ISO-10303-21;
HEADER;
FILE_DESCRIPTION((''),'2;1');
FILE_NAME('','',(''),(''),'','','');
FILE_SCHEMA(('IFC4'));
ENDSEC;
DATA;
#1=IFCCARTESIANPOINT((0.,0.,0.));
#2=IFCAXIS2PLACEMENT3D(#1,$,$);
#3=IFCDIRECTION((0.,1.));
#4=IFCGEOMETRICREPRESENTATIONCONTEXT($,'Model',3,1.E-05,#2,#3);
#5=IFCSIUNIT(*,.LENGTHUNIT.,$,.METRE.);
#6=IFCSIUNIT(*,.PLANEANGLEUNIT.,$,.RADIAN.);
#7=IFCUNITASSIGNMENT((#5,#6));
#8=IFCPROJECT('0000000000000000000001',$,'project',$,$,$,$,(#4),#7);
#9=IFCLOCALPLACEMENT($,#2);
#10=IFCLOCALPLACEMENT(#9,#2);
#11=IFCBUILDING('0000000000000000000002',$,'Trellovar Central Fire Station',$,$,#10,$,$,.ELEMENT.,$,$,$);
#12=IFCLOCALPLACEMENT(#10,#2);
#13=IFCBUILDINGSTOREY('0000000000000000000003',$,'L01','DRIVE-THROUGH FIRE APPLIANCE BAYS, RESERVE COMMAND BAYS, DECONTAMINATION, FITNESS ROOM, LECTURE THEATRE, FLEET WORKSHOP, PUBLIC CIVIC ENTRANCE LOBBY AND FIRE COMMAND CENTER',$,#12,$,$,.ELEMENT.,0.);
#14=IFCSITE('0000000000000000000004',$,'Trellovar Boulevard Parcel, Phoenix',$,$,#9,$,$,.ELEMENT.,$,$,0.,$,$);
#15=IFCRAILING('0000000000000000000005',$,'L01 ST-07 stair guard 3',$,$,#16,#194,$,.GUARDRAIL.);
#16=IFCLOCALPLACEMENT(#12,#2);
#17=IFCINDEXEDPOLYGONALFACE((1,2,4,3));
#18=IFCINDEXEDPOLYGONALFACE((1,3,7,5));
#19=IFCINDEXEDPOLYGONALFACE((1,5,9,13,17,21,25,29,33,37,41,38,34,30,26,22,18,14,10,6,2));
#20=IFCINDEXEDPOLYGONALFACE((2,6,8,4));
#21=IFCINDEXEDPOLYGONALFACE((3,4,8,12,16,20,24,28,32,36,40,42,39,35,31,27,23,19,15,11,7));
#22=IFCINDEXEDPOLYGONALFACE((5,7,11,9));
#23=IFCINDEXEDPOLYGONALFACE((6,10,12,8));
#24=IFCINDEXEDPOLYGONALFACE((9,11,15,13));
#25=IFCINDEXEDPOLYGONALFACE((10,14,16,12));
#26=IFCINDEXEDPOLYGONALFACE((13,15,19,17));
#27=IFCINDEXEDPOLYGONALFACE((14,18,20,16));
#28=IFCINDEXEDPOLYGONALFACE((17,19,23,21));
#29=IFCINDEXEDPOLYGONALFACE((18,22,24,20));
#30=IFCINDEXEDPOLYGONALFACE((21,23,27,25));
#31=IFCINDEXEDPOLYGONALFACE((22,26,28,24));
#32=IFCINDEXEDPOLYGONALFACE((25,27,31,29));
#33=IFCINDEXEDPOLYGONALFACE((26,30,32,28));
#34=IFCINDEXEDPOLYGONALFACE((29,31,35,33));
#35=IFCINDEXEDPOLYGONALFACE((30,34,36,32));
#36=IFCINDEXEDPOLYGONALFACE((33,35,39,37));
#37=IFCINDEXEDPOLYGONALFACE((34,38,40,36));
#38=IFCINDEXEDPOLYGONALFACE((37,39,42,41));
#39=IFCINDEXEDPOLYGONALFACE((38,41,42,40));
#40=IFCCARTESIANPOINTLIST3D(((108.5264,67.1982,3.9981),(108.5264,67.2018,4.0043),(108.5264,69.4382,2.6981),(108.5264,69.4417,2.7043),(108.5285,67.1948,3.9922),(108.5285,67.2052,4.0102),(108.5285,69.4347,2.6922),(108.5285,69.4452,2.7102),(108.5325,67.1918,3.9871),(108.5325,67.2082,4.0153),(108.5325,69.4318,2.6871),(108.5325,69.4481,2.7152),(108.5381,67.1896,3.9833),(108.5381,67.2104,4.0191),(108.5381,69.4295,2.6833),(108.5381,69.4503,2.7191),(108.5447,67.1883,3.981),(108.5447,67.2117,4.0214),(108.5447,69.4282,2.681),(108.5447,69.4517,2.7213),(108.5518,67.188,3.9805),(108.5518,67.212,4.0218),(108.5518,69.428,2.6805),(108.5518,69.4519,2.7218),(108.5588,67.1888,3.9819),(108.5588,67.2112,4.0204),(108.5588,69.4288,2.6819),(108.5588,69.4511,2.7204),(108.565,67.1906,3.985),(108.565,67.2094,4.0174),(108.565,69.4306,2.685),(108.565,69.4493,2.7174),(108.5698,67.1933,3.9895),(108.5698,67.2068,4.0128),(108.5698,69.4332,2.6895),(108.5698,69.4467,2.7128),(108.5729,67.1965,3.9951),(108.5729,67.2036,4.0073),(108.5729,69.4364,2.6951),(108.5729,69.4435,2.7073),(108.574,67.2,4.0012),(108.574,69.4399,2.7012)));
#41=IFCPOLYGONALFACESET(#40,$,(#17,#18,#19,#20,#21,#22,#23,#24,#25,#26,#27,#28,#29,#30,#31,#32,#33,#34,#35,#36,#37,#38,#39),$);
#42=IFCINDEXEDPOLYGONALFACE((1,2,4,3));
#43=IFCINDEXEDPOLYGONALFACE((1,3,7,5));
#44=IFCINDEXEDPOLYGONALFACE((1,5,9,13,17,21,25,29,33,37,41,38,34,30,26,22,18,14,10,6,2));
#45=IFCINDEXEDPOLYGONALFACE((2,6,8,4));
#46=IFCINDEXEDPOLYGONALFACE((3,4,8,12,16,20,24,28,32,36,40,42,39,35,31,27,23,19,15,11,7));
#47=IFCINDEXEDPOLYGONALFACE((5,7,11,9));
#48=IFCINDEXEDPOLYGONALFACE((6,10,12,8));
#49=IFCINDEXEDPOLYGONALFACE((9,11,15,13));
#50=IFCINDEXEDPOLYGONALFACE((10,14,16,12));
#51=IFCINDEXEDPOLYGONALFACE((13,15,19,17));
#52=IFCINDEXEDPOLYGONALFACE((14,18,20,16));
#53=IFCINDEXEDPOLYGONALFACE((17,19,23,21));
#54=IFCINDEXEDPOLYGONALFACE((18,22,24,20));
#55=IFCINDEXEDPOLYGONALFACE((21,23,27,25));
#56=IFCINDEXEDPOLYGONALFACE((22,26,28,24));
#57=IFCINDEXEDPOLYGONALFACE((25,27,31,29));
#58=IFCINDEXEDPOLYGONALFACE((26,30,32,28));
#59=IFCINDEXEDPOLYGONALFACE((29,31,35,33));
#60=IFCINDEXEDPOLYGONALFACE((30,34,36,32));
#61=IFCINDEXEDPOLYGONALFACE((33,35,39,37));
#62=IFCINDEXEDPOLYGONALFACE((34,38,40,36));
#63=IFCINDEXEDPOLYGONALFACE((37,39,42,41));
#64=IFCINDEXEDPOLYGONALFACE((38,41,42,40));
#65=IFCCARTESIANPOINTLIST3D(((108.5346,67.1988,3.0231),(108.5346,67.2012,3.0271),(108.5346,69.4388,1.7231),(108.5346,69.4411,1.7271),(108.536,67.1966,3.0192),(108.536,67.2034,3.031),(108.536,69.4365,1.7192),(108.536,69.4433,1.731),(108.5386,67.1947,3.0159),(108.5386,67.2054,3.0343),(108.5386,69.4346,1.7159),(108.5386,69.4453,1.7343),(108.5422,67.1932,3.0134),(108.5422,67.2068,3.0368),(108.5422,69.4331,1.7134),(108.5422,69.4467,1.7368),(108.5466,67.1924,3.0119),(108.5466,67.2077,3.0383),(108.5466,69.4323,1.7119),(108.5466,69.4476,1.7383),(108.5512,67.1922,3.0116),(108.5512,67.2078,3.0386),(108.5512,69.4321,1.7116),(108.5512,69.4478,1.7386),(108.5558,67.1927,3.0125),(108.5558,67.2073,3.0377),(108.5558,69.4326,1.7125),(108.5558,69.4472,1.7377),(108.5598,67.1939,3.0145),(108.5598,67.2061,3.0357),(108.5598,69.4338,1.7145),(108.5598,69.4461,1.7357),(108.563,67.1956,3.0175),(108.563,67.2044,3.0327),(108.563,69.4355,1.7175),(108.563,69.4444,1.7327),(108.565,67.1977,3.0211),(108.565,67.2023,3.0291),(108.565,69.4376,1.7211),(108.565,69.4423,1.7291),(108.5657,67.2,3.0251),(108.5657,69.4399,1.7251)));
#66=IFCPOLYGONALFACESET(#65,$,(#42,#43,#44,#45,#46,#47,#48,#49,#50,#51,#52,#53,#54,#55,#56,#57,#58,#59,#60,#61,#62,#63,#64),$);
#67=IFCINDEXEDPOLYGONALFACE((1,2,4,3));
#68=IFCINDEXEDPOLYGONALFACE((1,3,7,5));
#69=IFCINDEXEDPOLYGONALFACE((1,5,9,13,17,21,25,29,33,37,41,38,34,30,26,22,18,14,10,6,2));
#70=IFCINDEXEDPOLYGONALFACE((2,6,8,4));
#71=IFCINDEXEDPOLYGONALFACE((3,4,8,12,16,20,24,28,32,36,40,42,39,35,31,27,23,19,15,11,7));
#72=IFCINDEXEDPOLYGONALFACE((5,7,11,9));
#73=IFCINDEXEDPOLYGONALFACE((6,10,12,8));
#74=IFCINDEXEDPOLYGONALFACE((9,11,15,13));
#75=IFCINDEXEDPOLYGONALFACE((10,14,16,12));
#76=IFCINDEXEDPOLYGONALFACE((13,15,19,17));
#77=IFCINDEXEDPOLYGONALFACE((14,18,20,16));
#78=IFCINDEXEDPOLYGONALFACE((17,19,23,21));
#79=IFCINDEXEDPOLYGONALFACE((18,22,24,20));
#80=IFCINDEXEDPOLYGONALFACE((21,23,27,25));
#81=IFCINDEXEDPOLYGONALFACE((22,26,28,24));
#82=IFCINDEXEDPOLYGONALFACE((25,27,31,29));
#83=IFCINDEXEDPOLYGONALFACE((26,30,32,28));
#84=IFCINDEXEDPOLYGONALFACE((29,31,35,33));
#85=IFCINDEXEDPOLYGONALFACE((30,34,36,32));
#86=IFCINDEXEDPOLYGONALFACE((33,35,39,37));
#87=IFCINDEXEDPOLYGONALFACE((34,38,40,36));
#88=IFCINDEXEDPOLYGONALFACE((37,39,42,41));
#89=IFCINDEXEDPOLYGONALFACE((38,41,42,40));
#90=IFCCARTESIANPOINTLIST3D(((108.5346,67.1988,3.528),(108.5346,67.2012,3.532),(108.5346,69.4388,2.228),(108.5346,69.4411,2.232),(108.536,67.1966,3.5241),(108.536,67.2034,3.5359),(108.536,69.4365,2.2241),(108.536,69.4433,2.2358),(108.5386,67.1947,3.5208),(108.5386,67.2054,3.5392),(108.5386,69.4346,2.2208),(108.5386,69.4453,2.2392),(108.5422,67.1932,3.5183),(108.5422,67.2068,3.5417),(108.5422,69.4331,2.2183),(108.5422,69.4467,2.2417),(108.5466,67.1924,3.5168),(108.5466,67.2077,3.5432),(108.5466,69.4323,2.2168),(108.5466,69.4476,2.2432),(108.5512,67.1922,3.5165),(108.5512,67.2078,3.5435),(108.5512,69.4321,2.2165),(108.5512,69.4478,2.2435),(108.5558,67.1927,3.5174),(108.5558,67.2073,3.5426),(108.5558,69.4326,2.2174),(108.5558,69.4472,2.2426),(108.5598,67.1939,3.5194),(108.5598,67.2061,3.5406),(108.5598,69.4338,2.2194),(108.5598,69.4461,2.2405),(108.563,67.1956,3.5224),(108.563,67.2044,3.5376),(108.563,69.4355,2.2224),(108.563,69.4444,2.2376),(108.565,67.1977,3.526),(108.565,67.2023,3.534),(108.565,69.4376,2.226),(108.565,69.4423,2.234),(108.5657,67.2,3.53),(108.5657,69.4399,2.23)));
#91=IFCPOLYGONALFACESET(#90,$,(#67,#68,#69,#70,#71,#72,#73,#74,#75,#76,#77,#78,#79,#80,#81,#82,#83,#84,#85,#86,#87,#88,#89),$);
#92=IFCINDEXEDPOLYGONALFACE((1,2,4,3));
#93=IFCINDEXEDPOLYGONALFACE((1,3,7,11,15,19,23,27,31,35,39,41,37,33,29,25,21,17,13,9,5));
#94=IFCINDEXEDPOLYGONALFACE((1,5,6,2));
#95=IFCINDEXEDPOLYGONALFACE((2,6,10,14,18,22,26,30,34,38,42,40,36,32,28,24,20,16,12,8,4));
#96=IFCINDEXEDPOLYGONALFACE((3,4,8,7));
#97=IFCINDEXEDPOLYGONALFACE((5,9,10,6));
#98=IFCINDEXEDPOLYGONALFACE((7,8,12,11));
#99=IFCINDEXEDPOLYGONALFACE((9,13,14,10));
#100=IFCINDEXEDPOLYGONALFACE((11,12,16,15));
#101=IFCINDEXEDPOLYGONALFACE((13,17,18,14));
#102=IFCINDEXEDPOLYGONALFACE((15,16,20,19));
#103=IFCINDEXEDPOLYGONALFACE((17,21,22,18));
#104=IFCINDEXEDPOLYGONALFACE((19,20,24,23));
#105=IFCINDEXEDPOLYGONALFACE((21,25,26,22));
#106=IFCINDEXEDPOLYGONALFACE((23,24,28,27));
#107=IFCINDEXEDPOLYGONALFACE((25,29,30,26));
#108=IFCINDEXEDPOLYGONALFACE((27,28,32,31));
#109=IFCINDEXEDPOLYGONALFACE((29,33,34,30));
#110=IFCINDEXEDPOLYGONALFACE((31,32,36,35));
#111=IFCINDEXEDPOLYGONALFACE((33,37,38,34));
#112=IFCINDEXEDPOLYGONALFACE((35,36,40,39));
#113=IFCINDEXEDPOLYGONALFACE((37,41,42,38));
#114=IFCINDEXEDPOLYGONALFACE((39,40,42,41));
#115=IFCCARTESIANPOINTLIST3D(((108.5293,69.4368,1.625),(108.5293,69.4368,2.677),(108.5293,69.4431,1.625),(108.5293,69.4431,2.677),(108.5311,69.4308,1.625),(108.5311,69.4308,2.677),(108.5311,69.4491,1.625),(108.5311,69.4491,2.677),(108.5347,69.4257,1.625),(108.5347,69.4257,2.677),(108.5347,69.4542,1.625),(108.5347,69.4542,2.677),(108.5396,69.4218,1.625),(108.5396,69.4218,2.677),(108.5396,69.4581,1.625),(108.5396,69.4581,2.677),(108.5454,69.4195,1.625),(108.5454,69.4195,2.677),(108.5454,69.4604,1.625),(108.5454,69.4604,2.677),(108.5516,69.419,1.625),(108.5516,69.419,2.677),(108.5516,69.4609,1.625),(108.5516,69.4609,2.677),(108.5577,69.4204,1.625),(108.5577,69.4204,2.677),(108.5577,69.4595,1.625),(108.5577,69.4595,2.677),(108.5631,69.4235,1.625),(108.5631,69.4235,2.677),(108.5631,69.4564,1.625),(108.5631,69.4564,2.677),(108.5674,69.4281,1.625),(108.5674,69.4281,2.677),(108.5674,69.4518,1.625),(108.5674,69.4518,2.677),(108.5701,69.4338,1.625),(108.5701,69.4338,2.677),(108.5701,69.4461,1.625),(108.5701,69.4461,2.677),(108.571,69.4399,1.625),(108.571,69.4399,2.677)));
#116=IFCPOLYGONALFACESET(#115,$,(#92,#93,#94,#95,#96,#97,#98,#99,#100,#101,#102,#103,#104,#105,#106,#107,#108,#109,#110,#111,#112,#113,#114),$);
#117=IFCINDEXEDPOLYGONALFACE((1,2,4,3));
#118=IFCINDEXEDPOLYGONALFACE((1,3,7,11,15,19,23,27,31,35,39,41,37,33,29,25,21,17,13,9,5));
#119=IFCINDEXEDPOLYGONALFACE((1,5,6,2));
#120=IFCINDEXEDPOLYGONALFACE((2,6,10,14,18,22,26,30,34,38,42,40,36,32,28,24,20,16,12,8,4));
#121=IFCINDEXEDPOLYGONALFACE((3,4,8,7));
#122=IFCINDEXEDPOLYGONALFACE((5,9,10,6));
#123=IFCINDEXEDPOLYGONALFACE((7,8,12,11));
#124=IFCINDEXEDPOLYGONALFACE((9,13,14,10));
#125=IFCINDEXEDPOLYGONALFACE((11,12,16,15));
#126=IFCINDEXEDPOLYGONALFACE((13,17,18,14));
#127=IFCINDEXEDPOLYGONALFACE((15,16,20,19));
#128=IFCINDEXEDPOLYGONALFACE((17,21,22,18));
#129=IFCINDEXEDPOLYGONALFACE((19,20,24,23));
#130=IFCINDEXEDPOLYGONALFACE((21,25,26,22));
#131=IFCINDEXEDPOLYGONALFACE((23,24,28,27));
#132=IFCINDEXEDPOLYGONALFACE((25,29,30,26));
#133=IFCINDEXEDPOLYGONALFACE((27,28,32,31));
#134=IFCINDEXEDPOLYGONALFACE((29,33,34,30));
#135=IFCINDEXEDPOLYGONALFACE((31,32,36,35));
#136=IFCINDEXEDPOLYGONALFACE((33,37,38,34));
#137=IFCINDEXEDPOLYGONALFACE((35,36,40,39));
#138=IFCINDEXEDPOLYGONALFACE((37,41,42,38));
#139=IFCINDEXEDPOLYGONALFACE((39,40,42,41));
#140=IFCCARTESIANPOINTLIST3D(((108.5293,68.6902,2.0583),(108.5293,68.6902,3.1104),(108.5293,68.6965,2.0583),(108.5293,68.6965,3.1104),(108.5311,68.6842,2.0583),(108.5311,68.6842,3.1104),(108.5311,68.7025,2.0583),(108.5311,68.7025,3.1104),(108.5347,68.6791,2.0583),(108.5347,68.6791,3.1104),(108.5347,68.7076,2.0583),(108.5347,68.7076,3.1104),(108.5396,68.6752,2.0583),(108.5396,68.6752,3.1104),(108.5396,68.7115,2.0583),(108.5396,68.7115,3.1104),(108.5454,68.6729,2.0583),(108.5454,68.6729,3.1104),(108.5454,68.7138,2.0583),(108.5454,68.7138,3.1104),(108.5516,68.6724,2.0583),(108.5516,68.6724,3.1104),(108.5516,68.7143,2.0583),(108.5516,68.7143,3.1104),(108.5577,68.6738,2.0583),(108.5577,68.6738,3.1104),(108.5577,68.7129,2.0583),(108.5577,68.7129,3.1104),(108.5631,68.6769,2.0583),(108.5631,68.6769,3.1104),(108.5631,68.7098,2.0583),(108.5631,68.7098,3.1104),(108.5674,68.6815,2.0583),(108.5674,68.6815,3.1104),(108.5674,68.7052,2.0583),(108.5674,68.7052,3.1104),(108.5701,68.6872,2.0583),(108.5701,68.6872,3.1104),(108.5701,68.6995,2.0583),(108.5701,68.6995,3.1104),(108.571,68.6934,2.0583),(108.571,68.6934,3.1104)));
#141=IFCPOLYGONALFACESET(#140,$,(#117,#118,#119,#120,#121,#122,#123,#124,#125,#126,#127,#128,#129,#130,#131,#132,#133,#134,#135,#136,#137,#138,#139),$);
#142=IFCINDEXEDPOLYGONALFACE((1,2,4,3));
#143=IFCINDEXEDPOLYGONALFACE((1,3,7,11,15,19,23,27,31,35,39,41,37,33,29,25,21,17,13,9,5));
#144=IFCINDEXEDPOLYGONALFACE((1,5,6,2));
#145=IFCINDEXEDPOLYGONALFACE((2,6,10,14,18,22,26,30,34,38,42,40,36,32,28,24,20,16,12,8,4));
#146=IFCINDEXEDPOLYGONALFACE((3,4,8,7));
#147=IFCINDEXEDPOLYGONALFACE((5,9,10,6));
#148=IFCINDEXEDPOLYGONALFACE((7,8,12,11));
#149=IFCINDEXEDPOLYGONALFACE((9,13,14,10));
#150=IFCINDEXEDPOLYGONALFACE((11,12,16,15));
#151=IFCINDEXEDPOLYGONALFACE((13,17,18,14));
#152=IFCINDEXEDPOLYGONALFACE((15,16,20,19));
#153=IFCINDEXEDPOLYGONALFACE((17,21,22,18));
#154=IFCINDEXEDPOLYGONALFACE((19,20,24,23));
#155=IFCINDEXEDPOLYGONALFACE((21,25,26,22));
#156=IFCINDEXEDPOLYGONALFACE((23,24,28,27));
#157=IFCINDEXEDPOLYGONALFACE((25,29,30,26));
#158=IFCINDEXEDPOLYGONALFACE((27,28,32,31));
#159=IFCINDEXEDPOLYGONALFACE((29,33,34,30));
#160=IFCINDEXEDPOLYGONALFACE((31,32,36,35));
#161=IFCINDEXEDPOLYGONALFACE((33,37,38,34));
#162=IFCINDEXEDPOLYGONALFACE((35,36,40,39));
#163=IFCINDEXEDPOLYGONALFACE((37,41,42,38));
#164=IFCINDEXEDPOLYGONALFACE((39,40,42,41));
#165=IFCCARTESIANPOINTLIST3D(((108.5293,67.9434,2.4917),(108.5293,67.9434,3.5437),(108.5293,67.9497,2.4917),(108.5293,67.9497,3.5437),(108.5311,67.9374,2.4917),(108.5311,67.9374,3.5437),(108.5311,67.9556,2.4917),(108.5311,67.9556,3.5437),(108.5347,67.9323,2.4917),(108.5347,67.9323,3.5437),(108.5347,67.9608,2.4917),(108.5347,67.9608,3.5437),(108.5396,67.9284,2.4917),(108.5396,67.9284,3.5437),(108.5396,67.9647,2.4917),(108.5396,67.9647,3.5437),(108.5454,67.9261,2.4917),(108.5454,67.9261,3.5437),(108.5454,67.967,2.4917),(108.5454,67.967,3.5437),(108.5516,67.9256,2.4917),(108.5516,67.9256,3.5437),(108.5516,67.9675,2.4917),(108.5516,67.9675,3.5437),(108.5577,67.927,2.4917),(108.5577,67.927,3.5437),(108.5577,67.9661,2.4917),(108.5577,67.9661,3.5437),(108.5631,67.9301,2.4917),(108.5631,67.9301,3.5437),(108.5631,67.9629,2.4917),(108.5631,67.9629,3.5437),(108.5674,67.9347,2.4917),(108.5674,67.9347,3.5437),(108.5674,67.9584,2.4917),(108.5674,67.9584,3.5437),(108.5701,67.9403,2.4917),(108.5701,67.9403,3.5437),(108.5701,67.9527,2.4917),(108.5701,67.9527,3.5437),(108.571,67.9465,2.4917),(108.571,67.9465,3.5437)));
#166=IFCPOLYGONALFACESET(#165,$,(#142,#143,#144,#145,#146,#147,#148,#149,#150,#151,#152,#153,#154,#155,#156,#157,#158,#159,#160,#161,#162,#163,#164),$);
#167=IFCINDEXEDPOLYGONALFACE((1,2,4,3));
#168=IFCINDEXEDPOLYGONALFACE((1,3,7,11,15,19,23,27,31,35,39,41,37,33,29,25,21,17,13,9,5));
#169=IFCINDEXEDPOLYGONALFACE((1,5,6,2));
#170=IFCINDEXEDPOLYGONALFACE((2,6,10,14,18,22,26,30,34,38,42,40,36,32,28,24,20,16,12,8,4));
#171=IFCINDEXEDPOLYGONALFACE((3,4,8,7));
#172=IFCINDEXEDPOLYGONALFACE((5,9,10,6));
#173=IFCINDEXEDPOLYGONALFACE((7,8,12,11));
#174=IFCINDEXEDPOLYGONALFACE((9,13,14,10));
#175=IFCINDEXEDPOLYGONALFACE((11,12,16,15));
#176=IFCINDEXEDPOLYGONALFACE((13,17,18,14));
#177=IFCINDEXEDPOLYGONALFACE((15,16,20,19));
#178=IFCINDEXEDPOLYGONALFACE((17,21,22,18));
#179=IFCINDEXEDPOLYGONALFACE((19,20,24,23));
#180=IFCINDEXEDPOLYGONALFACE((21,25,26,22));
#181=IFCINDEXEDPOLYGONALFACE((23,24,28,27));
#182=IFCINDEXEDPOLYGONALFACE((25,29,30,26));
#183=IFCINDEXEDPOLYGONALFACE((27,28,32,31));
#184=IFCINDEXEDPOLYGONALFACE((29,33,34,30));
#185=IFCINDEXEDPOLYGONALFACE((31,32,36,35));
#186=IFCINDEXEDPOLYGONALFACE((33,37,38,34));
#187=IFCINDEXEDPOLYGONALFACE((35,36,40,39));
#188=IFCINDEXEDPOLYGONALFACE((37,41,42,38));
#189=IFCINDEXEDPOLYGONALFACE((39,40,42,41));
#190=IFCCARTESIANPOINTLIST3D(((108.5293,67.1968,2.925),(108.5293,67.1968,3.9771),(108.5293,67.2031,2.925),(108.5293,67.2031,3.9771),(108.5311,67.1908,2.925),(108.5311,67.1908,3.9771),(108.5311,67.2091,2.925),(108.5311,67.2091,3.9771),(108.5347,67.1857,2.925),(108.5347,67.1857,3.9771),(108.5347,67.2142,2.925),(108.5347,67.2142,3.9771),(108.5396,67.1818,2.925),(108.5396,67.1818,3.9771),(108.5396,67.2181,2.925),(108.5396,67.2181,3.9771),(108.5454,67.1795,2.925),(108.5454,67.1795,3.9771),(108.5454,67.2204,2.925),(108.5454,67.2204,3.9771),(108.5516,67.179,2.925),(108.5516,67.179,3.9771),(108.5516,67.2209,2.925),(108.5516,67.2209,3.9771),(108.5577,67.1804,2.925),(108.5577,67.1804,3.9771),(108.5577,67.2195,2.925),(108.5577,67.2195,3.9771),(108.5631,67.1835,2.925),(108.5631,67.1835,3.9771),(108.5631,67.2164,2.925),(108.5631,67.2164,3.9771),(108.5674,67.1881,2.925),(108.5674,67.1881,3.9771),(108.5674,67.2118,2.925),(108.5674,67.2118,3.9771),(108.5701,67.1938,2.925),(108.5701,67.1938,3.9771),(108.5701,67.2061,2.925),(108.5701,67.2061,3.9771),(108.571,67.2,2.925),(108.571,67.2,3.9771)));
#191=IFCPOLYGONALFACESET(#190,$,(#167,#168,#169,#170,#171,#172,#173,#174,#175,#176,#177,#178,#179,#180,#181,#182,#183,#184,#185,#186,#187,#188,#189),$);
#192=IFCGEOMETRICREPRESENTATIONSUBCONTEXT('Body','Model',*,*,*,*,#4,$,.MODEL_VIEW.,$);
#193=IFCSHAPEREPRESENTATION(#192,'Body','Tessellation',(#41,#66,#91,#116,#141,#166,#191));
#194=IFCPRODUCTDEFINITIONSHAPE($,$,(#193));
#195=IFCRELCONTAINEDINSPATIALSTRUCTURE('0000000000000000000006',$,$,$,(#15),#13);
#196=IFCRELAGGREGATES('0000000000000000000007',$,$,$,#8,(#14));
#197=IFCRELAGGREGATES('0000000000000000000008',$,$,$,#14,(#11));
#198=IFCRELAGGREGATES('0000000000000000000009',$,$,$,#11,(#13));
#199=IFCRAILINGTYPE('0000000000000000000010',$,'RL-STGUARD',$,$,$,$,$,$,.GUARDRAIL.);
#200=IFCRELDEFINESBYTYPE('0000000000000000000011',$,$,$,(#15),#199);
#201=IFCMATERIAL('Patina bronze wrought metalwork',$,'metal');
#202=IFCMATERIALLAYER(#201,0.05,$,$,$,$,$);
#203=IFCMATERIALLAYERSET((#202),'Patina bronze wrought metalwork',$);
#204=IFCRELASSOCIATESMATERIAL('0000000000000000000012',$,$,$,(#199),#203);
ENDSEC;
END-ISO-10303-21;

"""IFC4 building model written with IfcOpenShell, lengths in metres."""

from ifc_helpers import new_model, si_unit, direction, frame, origin, origin_2d, place, context, subcontext, project, spatial, circle, extrude, material, layer, layer_set, type_object, element, save


model = new_model("IFC4")

# Units and contexts
model_context = context("Model", 3, precision=1e-05, world=origin(), true_north=direction((0.0, 1.0)))
body_context = subcontext(model_context, "Body", "Model", "MODEL_VIEW")
ifc_project = project(units=[si_unit("LENGTHUNIT", "METRE"), si_unit("PLANEANGLEUNIT", "RADIAN")], contexts=[model_context])

# Site, building, storey
site_placement = place(None, origin())
site = spatial("IfcSite", under=ifc_project, at=site_placement, Name="Trellovar Boulevard Parcel, Phoenix", CompositionType="ELEMENT", RefElevation=0.0)
building_placement = place(site_placement, origin())
building = spatial("IfcBuilding", under=site, at=building_placement, Name="Trellovar Central Fire Station", CompositionType="ELEMENT")
storey_placement = place(building_placement, origin())
storey = spatial("IfcBuildingStorey", under=building, at=storey_placement, Name="L01", Description="DRIVE-THROUGH FIRE APPLIANCE BAYS, RESERVE COMMAND BAYS, DECONTAMINATION, FITNESS ROOM, LECTURE THEATRE, FLEET WORKSHOP, PUBLIC CIVIC ENTRANCE LOBBY AND FIRE COMMAND CENTER", CompositionType="ELEMENT", Elevation=0.0)

# Railing
ifc_material_1 = material(Name="Patina bronze wrought metalwork", Category="metal")
ifc_layer_1 = layer(ifc_material_1, 0.05)
ifc_layer_set_1 = layer_set([ifc_layer_1], Name="Patina bronze wrought metalwork")
railing_type_1 = type_object("IfcRailingType", Name="RL-STGUARD", PredefinedType="GUARDRAIL", material=ifc_layer_set_1)
railing_1_placement = place(storey_placement, frame((108.55, 69.4399, 1.625)))
element("IfcRailing", 1, at=railing_1_placement, inside=storey, type_object=railing_type_1, Name="L01 ST-07 stair guard 3", PredefinedType="GUARDRAIL", context=body_context, shape_type="SweptSolid", body=[
    extrude(circle(Radius=0.0239, at=origin_2d()), frame((0.0, 0.0, 1.0762), z_axis=(0.0, -0.864888, 0.501965), x_axis=(1.0, 0.0, 0.0)), (0.0, 0.0, 1.0), 2.5898),
    extrude(circle(Radius=0.0156, at=origin_2d()), frame((0.0, 0.0, 0.1001), z_axis=(0.0, -0.864888, 0.501965), x_axis=(1.0, 0.0, 0.0)), (0.0, 0.0, 1.0), 2.5898),
    extrude(circle(Radius=0.0156, at=origin_2d()), frame((0.0, 0.0, 0.605), z_axis=(0.0, -0.864888, 0.501965), x_axis=(1.0, 0.0, 0.0)), (0.0, 0.0, 1.0), 2.5898),
    extrude(circle(Radius=0.021, at=origin_2d()), origin(), (0.0, 0.0, 1.0), 1.052),
    extrude(circle(Radius=0.021, at=origin_2d()), frame((0.0, -0.7466, 0.4333)), (0.0, 0.0, 1.0), 1.052),
    extrude(circle(Radius=0.021, at=origin_2d()), frame((0.0, -1.4934, 0.8667)), (0.0, 0.0, 1.0), 1.052),
    extrude(circle(Radius=0.021, at=origin_2d()), frame((0.0, -2.24, 1.3)), (0.0, 0.0, 1.0), 1.052),
])

save(model, "model.ifc")
